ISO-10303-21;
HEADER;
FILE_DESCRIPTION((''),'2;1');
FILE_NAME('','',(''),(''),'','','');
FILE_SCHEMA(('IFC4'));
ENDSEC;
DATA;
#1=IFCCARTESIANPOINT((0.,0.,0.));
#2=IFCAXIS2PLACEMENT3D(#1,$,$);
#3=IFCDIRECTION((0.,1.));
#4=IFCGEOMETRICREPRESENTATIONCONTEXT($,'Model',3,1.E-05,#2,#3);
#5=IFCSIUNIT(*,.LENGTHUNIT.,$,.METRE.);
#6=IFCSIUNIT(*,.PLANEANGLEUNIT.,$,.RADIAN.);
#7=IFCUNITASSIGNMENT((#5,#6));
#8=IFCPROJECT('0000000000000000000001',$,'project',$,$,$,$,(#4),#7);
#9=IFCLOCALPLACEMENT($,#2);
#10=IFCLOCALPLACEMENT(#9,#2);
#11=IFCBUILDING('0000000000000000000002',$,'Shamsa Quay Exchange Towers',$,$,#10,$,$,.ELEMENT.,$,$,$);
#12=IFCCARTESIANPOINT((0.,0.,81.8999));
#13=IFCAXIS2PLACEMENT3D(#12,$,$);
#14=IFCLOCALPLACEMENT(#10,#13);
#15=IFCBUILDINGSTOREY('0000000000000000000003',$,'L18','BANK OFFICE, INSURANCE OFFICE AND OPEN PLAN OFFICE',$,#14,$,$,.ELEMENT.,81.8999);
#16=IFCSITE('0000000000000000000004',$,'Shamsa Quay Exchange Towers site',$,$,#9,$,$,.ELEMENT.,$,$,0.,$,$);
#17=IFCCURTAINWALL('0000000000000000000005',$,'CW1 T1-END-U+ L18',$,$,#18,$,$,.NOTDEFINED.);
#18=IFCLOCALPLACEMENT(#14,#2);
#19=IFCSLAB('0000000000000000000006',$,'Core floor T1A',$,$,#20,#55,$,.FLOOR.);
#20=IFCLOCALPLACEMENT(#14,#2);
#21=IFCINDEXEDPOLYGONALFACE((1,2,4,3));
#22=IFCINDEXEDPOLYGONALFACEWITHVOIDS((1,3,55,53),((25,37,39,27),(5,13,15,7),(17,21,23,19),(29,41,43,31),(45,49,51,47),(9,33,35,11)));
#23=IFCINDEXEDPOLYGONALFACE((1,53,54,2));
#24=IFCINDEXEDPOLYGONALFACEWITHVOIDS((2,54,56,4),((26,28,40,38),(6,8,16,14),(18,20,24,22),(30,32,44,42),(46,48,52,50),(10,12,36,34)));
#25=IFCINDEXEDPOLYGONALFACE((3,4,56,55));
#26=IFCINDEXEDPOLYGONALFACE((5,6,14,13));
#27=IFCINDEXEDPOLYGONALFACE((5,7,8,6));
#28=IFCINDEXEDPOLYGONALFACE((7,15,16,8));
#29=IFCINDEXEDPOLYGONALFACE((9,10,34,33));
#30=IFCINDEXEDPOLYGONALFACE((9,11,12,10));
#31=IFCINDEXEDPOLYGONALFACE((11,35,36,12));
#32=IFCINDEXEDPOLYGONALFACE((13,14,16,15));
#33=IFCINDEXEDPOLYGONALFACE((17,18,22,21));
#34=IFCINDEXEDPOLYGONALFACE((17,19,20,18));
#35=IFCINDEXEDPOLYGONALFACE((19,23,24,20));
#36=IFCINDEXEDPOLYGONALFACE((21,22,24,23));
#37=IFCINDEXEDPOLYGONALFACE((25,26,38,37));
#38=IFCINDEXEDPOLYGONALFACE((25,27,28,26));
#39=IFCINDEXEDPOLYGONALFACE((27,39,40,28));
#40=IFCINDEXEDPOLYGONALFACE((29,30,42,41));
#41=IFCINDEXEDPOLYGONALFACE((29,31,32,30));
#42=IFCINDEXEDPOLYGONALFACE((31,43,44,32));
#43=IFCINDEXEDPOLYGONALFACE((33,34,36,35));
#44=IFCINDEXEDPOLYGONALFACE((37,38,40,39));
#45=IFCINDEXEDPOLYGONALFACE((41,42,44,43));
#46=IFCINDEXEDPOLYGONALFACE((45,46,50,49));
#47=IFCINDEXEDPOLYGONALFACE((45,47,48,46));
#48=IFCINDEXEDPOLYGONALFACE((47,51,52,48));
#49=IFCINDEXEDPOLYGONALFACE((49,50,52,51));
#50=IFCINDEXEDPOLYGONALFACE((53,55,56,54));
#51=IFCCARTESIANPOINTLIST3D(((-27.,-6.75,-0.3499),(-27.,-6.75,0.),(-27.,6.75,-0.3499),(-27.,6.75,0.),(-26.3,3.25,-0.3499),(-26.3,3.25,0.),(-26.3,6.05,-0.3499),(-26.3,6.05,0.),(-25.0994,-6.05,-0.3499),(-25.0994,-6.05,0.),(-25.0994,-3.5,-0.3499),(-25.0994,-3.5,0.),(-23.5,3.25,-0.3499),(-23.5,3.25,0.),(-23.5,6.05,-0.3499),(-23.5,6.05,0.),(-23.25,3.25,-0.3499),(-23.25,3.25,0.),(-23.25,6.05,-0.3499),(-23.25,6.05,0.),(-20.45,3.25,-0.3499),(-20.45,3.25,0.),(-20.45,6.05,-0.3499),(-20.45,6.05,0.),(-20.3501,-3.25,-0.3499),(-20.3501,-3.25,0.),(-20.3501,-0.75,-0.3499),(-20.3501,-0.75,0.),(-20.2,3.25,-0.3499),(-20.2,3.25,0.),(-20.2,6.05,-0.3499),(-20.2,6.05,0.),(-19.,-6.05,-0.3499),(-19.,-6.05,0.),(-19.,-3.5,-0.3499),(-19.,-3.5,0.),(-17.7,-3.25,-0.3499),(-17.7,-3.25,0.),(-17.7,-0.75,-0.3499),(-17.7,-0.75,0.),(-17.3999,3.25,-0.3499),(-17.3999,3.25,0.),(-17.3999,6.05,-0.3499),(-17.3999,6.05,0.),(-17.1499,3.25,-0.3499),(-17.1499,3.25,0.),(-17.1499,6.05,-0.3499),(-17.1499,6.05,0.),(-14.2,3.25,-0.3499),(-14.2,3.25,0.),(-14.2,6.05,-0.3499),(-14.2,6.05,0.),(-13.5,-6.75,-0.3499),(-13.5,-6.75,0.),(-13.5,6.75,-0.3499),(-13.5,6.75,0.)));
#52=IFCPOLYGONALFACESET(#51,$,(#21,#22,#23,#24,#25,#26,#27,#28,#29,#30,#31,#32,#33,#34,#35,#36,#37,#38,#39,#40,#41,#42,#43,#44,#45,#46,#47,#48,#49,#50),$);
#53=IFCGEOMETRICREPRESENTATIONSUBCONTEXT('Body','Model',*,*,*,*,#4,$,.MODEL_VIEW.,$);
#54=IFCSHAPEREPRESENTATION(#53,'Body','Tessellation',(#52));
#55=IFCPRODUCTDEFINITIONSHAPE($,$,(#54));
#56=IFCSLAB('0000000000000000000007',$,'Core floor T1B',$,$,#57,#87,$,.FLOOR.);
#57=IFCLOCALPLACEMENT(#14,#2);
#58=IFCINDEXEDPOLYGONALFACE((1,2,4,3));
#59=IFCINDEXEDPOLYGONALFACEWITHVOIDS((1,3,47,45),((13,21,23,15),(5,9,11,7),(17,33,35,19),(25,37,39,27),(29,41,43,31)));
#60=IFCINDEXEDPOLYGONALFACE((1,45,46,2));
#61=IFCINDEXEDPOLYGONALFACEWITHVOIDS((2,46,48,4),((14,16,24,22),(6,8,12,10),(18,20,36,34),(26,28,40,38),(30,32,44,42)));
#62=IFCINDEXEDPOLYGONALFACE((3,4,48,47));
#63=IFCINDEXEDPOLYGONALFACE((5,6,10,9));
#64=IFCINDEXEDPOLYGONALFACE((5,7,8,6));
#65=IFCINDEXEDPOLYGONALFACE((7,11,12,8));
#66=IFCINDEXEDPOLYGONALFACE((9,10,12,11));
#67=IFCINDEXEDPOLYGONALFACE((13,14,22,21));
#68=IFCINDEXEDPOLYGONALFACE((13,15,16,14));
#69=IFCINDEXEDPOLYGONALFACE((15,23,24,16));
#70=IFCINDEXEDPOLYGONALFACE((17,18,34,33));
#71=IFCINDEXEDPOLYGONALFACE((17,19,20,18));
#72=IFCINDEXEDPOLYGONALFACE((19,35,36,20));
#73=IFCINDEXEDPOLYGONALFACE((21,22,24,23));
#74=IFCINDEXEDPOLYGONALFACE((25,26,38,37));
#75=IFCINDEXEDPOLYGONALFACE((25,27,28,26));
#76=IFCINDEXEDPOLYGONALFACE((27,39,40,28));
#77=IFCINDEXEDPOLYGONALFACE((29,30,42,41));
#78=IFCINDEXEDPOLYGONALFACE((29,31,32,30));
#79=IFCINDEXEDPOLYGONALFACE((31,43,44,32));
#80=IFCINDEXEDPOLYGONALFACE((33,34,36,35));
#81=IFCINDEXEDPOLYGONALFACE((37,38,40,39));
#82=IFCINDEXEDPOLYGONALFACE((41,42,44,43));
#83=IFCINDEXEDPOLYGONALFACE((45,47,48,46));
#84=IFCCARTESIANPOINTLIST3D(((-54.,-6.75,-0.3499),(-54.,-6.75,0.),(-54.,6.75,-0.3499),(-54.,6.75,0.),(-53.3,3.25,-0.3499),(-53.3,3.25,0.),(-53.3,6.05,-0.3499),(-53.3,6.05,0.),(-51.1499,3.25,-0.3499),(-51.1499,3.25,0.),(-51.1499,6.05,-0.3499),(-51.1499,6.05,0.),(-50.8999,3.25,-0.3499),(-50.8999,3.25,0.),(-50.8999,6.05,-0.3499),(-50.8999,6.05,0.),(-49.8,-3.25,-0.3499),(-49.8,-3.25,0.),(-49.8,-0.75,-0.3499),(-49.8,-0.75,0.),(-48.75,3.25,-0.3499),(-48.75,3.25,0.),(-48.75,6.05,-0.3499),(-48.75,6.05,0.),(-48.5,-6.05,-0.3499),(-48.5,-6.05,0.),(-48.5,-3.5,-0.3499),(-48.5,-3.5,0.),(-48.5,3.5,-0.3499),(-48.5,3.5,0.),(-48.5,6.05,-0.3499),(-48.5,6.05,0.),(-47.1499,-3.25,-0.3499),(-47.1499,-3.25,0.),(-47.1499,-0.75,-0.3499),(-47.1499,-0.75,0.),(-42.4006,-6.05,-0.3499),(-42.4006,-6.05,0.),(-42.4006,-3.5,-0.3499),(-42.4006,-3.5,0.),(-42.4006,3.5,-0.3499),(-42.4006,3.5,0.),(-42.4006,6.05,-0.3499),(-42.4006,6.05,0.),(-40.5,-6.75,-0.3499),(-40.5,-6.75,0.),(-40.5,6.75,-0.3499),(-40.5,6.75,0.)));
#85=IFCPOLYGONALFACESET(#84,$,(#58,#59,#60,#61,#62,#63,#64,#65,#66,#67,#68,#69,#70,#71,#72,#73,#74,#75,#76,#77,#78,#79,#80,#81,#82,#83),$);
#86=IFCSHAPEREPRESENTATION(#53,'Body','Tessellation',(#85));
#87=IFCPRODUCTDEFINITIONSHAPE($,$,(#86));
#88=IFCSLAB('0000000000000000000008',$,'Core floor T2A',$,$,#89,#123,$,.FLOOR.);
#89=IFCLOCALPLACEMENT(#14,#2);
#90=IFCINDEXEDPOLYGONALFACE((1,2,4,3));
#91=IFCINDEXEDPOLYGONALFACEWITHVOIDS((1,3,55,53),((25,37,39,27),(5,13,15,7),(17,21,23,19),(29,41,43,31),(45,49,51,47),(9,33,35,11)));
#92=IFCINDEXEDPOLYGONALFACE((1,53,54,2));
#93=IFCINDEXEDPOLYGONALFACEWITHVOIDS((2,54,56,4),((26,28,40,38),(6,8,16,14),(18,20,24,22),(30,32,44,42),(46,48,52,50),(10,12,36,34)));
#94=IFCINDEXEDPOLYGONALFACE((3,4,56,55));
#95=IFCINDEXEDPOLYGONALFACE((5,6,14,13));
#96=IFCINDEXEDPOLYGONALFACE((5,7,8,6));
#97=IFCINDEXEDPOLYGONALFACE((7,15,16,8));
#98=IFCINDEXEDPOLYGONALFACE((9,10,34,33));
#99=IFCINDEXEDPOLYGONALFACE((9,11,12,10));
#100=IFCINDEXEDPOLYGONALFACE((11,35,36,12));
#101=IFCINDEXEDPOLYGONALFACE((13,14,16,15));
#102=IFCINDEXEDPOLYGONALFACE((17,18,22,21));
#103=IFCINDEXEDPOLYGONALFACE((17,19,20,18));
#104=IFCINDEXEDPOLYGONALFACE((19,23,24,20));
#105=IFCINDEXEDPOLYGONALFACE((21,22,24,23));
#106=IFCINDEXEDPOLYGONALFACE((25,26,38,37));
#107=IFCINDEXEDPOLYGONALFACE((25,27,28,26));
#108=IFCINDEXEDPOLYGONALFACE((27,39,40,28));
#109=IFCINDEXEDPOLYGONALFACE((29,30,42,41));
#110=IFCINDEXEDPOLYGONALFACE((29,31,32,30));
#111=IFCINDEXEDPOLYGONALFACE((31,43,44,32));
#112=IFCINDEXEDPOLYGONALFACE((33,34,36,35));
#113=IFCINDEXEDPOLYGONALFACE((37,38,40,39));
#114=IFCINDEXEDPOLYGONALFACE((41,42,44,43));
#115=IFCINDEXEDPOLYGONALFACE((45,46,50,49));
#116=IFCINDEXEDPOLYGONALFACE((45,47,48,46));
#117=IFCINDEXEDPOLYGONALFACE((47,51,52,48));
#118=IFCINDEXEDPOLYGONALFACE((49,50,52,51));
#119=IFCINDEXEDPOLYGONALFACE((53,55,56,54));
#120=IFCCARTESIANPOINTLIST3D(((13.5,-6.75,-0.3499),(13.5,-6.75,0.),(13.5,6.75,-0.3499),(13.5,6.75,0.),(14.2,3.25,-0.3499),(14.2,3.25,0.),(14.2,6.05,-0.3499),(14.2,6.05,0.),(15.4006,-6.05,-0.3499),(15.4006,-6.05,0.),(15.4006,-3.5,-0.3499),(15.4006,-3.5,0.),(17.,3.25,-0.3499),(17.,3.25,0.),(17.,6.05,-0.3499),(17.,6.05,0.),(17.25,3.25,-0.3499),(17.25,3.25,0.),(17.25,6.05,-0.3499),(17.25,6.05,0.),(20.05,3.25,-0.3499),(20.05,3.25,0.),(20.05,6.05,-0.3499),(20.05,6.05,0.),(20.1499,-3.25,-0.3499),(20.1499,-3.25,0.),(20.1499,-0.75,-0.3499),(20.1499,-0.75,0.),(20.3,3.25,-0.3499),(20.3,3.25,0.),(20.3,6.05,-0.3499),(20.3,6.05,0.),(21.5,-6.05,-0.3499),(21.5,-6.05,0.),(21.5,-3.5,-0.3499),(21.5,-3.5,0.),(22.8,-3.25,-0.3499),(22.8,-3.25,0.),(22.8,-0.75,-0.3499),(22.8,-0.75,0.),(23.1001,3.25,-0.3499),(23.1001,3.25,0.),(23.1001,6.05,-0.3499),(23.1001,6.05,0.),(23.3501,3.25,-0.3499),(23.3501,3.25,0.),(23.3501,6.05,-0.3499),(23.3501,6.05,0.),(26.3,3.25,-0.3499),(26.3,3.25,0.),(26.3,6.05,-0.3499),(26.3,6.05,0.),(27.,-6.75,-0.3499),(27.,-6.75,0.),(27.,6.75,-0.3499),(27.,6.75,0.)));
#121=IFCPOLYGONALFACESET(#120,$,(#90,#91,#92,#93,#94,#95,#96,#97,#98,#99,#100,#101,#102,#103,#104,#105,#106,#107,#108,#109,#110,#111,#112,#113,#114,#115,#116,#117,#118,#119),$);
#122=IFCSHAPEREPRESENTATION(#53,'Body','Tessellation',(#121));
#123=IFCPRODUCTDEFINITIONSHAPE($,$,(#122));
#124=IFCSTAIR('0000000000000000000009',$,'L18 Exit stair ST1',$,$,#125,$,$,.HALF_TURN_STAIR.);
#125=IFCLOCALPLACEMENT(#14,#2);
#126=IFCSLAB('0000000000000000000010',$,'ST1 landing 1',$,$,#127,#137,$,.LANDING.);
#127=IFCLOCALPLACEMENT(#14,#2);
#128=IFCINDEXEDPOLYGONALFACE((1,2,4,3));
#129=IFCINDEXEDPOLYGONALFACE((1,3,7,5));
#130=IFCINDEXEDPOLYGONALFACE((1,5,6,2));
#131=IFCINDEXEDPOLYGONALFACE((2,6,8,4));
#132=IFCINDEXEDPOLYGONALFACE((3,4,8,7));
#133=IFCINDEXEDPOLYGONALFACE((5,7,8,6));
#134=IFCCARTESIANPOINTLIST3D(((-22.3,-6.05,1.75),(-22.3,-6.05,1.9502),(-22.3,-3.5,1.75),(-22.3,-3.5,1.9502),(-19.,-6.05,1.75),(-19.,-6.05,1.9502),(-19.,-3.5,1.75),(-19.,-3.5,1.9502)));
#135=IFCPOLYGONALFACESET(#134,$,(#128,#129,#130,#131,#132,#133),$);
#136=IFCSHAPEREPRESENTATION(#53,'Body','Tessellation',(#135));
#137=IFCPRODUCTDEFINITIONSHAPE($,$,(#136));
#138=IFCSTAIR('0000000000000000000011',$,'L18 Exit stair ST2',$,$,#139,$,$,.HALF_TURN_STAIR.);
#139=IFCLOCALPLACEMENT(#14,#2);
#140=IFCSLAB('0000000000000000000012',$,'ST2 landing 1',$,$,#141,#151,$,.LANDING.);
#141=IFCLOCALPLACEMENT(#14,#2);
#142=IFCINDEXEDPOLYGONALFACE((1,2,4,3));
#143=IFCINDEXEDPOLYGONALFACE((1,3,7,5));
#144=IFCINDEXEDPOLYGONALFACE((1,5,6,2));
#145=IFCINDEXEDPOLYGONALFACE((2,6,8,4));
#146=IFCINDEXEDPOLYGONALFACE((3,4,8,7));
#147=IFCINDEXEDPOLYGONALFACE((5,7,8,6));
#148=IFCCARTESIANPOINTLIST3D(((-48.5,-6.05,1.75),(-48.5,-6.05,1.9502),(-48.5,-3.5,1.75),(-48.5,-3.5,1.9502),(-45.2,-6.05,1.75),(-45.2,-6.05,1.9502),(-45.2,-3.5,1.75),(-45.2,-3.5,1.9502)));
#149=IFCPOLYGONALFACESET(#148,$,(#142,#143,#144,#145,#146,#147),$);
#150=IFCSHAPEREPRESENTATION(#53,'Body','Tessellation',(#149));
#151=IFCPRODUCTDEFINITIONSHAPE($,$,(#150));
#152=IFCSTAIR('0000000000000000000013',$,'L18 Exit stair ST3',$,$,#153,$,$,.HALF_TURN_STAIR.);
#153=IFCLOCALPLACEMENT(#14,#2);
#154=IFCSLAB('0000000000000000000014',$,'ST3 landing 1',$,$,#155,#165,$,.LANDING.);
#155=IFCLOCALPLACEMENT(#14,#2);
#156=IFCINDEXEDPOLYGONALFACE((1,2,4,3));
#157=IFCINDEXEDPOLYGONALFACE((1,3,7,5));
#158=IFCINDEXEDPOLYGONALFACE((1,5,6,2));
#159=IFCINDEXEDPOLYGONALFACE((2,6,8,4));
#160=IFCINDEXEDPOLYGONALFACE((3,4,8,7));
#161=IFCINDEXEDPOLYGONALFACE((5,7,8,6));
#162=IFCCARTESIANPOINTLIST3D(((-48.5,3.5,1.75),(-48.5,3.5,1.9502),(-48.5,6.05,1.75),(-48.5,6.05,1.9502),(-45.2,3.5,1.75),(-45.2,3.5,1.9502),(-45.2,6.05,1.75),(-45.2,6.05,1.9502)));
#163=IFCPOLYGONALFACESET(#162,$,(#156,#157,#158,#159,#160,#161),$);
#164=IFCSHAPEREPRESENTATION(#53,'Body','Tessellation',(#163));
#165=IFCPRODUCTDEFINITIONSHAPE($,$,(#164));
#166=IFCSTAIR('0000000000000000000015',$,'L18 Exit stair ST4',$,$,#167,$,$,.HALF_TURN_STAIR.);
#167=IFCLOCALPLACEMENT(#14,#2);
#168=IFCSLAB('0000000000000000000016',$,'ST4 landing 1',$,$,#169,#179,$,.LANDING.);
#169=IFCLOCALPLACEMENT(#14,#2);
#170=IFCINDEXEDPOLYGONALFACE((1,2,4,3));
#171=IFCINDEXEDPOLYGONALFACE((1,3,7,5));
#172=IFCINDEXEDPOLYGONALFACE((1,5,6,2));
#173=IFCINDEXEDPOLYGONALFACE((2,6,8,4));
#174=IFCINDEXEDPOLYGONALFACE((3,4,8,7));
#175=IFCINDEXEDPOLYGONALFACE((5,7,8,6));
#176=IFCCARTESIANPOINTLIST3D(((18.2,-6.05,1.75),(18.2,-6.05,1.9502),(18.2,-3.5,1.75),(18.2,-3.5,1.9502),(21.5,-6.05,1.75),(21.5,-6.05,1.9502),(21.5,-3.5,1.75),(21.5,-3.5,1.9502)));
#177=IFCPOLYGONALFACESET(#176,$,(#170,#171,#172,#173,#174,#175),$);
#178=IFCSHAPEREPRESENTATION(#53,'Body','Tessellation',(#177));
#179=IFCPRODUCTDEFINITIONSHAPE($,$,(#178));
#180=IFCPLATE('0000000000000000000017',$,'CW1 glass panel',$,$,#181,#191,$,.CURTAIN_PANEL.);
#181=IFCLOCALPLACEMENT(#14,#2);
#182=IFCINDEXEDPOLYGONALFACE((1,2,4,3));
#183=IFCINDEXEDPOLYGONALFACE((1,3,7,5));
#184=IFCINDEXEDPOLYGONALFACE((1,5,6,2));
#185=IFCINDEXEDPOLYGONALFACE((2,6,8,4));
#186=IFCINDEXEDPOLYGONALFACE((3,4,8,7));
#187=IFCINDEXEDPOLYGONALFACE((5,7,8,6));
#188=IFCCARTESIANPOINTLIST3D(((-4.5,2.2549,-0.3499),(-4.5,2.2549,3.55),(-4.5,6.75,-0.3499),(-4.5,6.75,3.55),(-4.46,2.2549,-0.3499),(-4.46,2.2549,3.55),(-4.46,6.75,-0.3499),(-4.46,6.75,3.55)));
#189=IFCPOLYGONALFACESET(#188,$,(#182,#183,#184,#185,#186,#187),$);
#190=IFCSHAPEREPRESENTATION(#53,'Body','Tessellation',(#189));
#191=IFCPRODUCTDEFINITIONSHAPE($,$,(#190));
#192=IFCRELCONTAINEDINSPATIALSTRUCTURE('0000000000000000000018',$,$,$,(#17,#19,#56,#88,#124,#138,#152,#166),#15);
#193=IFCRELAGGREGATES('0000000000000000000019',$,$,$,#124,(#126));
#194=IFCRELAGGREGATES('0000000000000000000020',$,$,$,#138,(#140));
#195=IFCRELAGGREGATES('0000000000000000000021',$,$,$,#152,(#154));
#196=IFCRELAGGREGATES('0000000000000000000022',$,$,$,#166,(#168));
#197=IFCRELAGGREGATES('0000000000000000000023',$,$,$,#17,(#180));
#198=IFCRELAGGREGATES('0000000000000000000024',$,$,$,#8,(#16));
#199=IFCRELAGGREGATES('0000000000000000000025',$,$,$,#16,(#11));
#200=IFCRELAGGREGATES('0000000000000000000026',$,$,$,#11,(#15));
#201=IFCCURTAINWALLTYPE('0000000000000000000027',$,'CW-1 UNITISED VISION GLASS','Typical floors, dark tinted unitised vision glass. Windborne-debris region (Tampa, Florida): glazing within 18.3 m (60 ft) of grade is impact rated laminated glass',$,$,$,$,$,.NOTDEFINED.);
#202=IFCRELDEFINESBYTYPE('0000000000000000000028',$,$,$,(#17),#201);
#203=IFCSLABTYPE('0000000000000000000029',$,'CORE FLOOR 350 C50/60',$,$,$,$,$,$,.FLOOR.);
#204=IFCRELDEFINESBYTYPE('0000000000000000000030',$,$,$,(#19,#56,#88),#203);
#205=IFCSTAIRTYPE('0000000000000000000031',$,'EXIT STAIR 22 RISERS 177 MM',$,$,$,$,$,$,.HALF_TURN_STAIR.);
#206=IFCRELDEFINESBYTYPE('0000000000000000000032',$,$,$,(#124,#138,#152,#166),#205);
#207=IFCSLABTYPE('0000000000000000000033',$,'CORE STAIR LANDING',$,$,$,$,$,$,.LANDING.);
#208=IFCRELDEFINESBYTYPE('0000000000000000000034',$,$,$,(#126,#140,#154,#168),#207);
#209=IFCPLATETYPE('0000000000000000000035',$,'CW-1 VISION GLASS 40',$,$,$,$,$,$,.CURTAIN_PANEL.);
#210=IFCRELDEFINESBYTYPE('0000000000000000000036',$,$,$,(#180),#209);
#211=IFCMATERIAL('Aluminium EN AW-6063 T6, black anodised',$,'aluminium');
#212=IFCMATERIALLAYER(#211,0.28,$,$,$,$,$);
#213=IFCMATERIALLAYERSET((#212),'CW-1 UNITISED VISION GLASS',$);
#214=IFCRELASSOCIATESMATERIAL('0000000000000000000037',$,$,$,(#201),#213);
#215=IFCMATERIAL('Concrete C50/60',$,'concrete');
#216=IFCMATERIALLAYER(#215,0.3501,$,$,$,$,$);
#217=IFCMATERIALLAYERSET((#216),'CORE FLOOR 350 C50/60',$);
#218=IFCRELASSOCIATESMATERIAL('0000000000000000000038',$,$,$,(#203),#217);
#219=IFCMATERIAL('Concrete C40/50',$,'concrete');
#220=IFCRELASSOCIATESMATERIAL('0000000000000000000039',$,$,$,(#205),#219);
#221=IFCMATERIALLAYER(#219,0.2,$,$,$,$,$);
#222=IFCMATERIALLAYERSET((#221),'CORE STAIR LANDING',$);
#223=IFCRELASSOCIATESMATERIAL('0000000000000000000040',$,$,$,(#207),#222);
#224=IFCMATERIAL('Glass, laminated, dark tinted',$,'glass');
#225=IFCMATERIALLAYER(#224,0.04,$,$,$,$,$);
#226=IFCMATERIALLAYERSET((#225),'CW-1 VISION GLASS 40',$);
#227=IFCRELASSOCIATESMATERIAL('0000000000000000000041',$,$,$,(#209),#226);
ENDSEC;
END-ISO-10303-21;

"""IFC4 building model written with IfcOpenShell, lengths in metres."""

from ifc_helpers import new_model, si_unit, direction, frame, origin, origin_2d, place, context, subcontext, project, spatial, polyline, rectangle, outline, extrude, material, layer, layer_set, type_object, element, aggregate, save


model = new_model("IFC4")

# Units and contexts
model_context = context("Model", 3, precision=1e-05, world=origin(), true_north=direction((0.0, 1.0)))
body_context = subcontext(model_context, "Body", "Model", "MODEL_VIEW")
ifc_project = project(units=[si_unit("LENGTHUNIT", "METRE"), si_unit("PLANEANGLEUNIT", "RADIAN")], contexts=[model_context])

# Site, building, storey
site_placement = place(None, origin())
site = spatial("IfcSite", under=ifc_project, at=site_placement, Name="Shamsa Quay Exchange Towers site", CompositionType="ELEMENT", RefElevation=0.0)
building_placement = place(site_placement, origin())
building = spatial("IfcBuilding", under=site, at=building_placement, Name="Shamsa Quay Exchange Towers", CompositionType="ELEMENT")
storey_placement = place(building_placement, frame((0.0, 0.0, 81.8999)))
storey = spatial("IfcBuildingStorey", under=building, at=storey_placement, Name="L18", Description="BANK OFFICE, INSURANCE OFFICE AND OPEN PLAN OFFICE", CompositionType="ELEMENT", Elevation=81.8999)

# Curtain wall
ifc_material_1 = material(Name="Aluminium EN AW-6063 T6, black anodised", Category="aluminium")
ifc_layer_1 = layer(ifc_material_1, 0.28)
ifc_layer_set_1 = layer_set([ifc_layer_1], Name="CW-1 UNITISED VISION GLASS")
curtain_wall_type = type_object("IfcCurtainWallType", Name="CW-1 UNITISED VISION GLASS", Description="Typical floors, dark tinted unitised vision glass. Windborne-debris region (Tampa, Florida): glazing within 18.3 m (60 ft) of grade is impact rated laminated glass", PredefinedType="NOTDEFINED", material=ifc_layer_set_1)
curtain_wall_1_placement = place(storey_placement, origin())
curtain_wall_1 = element("IfcCurtainWall", 1, at=curtain_wall_1_placement, inside=storey, type_object=curtain_wall_type, Name="CW1 T1-END-U+ L18", PredefinedType="NOTDEFINED")

# Slabs
ifc_material_2 = material(Name="Concrete C50/60", Category="concrete")
ifc_layer_2 = layer(ifc_material_2, 0.3501)
ifc_layer_set_2 = layer_set([ifc_layer_2], Name="CORE FLOOR 350 C50/60")
slab_type_1 = type_object("IfcSlabType", Name="CORE FLOOR 350 C50/60", PredefinedType="FLOOR", material=ifc_layer_set_2)
slab_1_placement = place(storey_placement, frame((0.0, 0.0, -0.3499)))
element("IfcSlab", 2, at=slab_1_placement, inside=storey, type_object=slab_type_1, Name="Core floor T1A", PredefinedType="FLOOR", context=body_context, shape_type="SweptSolid", body=[
    extrude(outline(polyline([(-27.0, -6.75), (-13.5, -6.75), (-13.5, 6.75), (-27.0, 6.75), (-27.0, -6.75)]), holes=[polyline([(-25.0994, -6.05), (-25.0994, -3.5), (-19.0, -3.5), (-19.0, -6.05), (-25.0994, -6.05)]), polyline([(-26.3, 3.25), (-26.3, 6.05), (-23.5, 6.05), (-23.5, 3.25), (-26.3, 3.25)]), polyline([(-23.25, 3.25), (-23.25, 6.05), (-20.45, 6.05), (-20.45, 3.25), (-23.25, 3.25)]), polyline([(-20.2, 3.25), (-20.2, 6.05), (-17.3999, 6.05), (-17.3999, 3.25), (-20.2, 3.25)]), polyline([(-17.1499, 3.25), (-17.1499, 6.05), (-14.2, 6.05), (-14.2, 3.25), (-17.1499, 3.25)]), polyline([(-20.3501, -3.25), (-20.3501, -0.75), (-17.7, -0.75), (-17.7, -3.25), (-20.3501, -3.25)])]), origin(), (0.0, 0.0, 1.0), 0.3499),
])
slab_2_placement = place(storey_placement, frame((0.0, 0.0, -0.3499)))
element("IfcSlab", 3, at=slab_2_placement, inside=storey, type_object=slab_type_1, Name="Core floor T1B", PredefinedType="FLOOR", context=body_context, shape_type="SweptSolid", body=[
    extrude(outline(polyline([(-40.5, -6.75), (-40.5, 6.75), (-54.0, 6.75), (-54.0, -6.75), (-40.5, -6.75)]), holes=[polyline([(-42.4006, -3.5), (-42.4006, -6.05), (-48.5, -6.05), (-48.5, -3.5), (-42.4006, -3.5)]), polyline([(-42.4006, 6.05), (-42.4006, 3.5), (-48.5, 3.5), (-48.5, 6.05), (-42.4006, 6.05)]), polyline([(-48.75, 3.25), (-50.8999, 3.25), (-50.8999, 6.05), (-48.75, 6.05), (-48.75, 3.25)]), polyline([(-51.1499, 3.25), (-53.3, 3.25), (-53.3, 6.05), (-51.1499, 6.05), (-51.1499, 3.25)]), polyline([(-47.1499, -3.25), (-49.8, -3.25), (-49.8, -0.75), (-47.1499, -0.75), (-47.1499, -3.25)])]), origin(), (0.0, 0.0, 1.0), 0.3499),
])
slab_3_placement = place(storey_placement, frame((0.0, 0.0, -0.3499)))
element("IfcSlab", 4, at=slab_3_placement, inside=storey, type_object=slab_type_1, Name="Core floor T2A", PredefinedType="FLOOR", context=body_context, shape_type="SweptSolid", body=[
    extrude(outline(polyline([(13.5, -6.75), (27.0, -6.75), (27.0, 6.75), (13.5, 6.75), (13.5, -6.75)]), holes=[polyline([(15.4006, -6.05), (15.4006, -3.5), (21.5, -3.5), (21.5, -6.05), (15.4006, -6.05)]), polyline([(14.2, 3.25), (14.2, 6.05), (17.0, 6.05), (17.0, 3.25), (14.2, 3.25)]), polyline([(17.25, 3.25), (17.25, 6.05), (20.05, 6.05), (20.05, 3.25), (17.25, 3.25)]), polyline([(20.3, 3.25), (20.3, 6.05), (23.1001, 6.05), (23.1001, 3.25), (20.3, 3.25)]), polyline([(23.3501, 3.25), (23.3501, 6.05), (26.3, 6.05), (26.3, 3.25), (23.3501, 3.25)]), polyline([(20.1499, -3.25), (20.1499, -0.75), (22.8, -0.75), (22.8, -3.25), (20.1499, -3.25)])]), origin(), (0.0, 0.0, 1.0), 0.3499),
])

# Stairs, slabs
ifc_material_3 = material(Name="Concrete C40/50", Category="concrete")
stair_type = type_object("IfcStairType", Name="EXIT STAIR 22 RISERS 177 MM", PredefinedType="HALF_TURN_STAIR", material=ifc_material_3)
stair_1_placement = place(storey_placement, origin())
stair_1 = element("IfcStair", 5, at=stair_1_placement, inside=storey, type_object=stair_type, Name="L18 Exit stair ST1", PredefinedType="HALF_TURN_STAIR")
ifc_layer_3 = layer(ifc_material_3, 0.2)
ifc_layer_set_3 = layer_set([ifc_layer_3], Name="CORE STAIR LANDING")
slab_type_2 = type_object("IfcSlabType", Name="CORE STAIR LANDING", PredefinedType="LANDING", material=ifc_layer_set_3)
slab_4_placement = place(storey_placement, frame((0.0, 0.0, 1.75)))
slab_4 = element("IfcSlab", 6, at=slab_4_placement, type_object=slab_type_2, Name="ST1 landing 1", PredefinedType="LANDING", context=body_context, shape_type="SweptSolid", body=[
    extrude(outline(polyline([(-22.3, -6.05), (-19.0, -6.05), (-19.0, -3.5), (-22.3, -3.5), (-22.3, -6.05)])), origin(), (0.0, 0.0, 1.0), 0.2002),
])
aggregate(stair_1, [slab_4])
stair_2_placement = place(storey_placement, origin())
stair_2 = element("IfcStair", 7, at=stair_2_placement, inside=storey, type_object=stair_type, Name="L18 Exit stair ST2", PredefinedType="HALF_TURN_STAIR")
slab_5_placement = place(storey_placement, frame((0.0, 0.0, 1.75)))
slab_5 = element("IfcSlab", 8, at=slab_5_placement, type_object=slab_type_2, Name="ST2 landing 1", PredefinedType="LANDING", context=body_context, shape_type="SweptSolid", body=[
    extrude(outline(polyline([(-45.2, -3.5), (-48.5, -3.5), (-48.5, -6.05), (-45.2, -6.05), (-45.2, -3.5)])), origin(), (0.0, 0.0, 1.0), 0.2002),
])
aggregate(stair_2, [slab_5])
stair_3_placement = place(storey_placement, origin())
stair_3 = element("IfcStair", 9, at=stair_3_placement, inside=storey, type_object=stair_type, Name="L18 Exit stair ST3", PredefinedType="HALF_TURN_STAIR")
slab_6_placement = place(storey_placement, frame((0.0, 0.0, 1.75)))
slab_6 = element("IfcSlab", 10, at=slab_6_placement, type_object=slab_type_2, Name="ST3 landing 1", PredefinedType="LANDING", context=body_context, shape_type="SweptSolid", body=[
    extrude(outline(polyline([(-45.2, 6.05), (-48.5, 6.05), (-48.5, 3.5), (-45.2, 3.5), (-45.2, 6.05)])), origin(), (0.0, 0.0, 1.0), 0.2002),
])
aggregate(stair_3, [slab_6])
stair_4_placement = place(storey_placement, origin())
stair_4 = element("IfcStair", 11, at=stair_4_placement, inside=storey, type_object=stair_type, Name="L18 Exit stair ST4", PredefinedType="HALF_TURN_STAIR")
slab_7_placement = place(storey_placement, frame((0.0, 0.0, 1.75)))
slab_7 = element("IfcSlab", 12, at=slab_7_placement, type_object=slab_type_2, Name="ST4 landing 1", PredefinedType="LANDING", context=body_context, shape_type="SweptSolid", body=[
    extrude(outline(polyline([(18.2, -6.05), (21.5, -6.05), (21.5, -3.5), (18.2, -3.5), (18.2, -6.05)])), origin(), (0.0, 0.0, 1.0), 0.2002),
])
aggregate(stair_4, [slab_7])

# Plate
ifc_material_4 = material(Name="Glass, laminated, dark tinted", Category="glass")
ifc_layer_4 = layer(ifc_material_4, 0.04)
ifc_layer_set_4 = layer_set([ifc_layer_4], Name="CW-1 VISION GLASS 40")
plate_type = type_object("IfcPlateType", Name="CW-1 VISION GLASS 40", PredefinedType="CURTAIN_PANEL", material=ifc_layer_set_4)
plate_1_placement = place(storey_placement, frame((-4.48, 4.5024, -0.3499), z_axis=(0.0, 0.0, 1.0), x_axis=(0.0, 1.0, 0.0)))
plate_1 = element("IfcPlate", 13, at=plate_1_placement, type_object=plate_type, Name="CW1 glass panel", PredefinedType="CURTAIN_PANEL", context=body_context, shape_type="SweptSolid", body=[
    extrude(rectangle(XDim=4.4951, YDim=0.04, at=origin_2d()), origin(), (0.0, 0.0, 1.0), 3.8999),
])
aggregate(curtain_wall_1, [plate_1])

save(model, "model.ifc")
